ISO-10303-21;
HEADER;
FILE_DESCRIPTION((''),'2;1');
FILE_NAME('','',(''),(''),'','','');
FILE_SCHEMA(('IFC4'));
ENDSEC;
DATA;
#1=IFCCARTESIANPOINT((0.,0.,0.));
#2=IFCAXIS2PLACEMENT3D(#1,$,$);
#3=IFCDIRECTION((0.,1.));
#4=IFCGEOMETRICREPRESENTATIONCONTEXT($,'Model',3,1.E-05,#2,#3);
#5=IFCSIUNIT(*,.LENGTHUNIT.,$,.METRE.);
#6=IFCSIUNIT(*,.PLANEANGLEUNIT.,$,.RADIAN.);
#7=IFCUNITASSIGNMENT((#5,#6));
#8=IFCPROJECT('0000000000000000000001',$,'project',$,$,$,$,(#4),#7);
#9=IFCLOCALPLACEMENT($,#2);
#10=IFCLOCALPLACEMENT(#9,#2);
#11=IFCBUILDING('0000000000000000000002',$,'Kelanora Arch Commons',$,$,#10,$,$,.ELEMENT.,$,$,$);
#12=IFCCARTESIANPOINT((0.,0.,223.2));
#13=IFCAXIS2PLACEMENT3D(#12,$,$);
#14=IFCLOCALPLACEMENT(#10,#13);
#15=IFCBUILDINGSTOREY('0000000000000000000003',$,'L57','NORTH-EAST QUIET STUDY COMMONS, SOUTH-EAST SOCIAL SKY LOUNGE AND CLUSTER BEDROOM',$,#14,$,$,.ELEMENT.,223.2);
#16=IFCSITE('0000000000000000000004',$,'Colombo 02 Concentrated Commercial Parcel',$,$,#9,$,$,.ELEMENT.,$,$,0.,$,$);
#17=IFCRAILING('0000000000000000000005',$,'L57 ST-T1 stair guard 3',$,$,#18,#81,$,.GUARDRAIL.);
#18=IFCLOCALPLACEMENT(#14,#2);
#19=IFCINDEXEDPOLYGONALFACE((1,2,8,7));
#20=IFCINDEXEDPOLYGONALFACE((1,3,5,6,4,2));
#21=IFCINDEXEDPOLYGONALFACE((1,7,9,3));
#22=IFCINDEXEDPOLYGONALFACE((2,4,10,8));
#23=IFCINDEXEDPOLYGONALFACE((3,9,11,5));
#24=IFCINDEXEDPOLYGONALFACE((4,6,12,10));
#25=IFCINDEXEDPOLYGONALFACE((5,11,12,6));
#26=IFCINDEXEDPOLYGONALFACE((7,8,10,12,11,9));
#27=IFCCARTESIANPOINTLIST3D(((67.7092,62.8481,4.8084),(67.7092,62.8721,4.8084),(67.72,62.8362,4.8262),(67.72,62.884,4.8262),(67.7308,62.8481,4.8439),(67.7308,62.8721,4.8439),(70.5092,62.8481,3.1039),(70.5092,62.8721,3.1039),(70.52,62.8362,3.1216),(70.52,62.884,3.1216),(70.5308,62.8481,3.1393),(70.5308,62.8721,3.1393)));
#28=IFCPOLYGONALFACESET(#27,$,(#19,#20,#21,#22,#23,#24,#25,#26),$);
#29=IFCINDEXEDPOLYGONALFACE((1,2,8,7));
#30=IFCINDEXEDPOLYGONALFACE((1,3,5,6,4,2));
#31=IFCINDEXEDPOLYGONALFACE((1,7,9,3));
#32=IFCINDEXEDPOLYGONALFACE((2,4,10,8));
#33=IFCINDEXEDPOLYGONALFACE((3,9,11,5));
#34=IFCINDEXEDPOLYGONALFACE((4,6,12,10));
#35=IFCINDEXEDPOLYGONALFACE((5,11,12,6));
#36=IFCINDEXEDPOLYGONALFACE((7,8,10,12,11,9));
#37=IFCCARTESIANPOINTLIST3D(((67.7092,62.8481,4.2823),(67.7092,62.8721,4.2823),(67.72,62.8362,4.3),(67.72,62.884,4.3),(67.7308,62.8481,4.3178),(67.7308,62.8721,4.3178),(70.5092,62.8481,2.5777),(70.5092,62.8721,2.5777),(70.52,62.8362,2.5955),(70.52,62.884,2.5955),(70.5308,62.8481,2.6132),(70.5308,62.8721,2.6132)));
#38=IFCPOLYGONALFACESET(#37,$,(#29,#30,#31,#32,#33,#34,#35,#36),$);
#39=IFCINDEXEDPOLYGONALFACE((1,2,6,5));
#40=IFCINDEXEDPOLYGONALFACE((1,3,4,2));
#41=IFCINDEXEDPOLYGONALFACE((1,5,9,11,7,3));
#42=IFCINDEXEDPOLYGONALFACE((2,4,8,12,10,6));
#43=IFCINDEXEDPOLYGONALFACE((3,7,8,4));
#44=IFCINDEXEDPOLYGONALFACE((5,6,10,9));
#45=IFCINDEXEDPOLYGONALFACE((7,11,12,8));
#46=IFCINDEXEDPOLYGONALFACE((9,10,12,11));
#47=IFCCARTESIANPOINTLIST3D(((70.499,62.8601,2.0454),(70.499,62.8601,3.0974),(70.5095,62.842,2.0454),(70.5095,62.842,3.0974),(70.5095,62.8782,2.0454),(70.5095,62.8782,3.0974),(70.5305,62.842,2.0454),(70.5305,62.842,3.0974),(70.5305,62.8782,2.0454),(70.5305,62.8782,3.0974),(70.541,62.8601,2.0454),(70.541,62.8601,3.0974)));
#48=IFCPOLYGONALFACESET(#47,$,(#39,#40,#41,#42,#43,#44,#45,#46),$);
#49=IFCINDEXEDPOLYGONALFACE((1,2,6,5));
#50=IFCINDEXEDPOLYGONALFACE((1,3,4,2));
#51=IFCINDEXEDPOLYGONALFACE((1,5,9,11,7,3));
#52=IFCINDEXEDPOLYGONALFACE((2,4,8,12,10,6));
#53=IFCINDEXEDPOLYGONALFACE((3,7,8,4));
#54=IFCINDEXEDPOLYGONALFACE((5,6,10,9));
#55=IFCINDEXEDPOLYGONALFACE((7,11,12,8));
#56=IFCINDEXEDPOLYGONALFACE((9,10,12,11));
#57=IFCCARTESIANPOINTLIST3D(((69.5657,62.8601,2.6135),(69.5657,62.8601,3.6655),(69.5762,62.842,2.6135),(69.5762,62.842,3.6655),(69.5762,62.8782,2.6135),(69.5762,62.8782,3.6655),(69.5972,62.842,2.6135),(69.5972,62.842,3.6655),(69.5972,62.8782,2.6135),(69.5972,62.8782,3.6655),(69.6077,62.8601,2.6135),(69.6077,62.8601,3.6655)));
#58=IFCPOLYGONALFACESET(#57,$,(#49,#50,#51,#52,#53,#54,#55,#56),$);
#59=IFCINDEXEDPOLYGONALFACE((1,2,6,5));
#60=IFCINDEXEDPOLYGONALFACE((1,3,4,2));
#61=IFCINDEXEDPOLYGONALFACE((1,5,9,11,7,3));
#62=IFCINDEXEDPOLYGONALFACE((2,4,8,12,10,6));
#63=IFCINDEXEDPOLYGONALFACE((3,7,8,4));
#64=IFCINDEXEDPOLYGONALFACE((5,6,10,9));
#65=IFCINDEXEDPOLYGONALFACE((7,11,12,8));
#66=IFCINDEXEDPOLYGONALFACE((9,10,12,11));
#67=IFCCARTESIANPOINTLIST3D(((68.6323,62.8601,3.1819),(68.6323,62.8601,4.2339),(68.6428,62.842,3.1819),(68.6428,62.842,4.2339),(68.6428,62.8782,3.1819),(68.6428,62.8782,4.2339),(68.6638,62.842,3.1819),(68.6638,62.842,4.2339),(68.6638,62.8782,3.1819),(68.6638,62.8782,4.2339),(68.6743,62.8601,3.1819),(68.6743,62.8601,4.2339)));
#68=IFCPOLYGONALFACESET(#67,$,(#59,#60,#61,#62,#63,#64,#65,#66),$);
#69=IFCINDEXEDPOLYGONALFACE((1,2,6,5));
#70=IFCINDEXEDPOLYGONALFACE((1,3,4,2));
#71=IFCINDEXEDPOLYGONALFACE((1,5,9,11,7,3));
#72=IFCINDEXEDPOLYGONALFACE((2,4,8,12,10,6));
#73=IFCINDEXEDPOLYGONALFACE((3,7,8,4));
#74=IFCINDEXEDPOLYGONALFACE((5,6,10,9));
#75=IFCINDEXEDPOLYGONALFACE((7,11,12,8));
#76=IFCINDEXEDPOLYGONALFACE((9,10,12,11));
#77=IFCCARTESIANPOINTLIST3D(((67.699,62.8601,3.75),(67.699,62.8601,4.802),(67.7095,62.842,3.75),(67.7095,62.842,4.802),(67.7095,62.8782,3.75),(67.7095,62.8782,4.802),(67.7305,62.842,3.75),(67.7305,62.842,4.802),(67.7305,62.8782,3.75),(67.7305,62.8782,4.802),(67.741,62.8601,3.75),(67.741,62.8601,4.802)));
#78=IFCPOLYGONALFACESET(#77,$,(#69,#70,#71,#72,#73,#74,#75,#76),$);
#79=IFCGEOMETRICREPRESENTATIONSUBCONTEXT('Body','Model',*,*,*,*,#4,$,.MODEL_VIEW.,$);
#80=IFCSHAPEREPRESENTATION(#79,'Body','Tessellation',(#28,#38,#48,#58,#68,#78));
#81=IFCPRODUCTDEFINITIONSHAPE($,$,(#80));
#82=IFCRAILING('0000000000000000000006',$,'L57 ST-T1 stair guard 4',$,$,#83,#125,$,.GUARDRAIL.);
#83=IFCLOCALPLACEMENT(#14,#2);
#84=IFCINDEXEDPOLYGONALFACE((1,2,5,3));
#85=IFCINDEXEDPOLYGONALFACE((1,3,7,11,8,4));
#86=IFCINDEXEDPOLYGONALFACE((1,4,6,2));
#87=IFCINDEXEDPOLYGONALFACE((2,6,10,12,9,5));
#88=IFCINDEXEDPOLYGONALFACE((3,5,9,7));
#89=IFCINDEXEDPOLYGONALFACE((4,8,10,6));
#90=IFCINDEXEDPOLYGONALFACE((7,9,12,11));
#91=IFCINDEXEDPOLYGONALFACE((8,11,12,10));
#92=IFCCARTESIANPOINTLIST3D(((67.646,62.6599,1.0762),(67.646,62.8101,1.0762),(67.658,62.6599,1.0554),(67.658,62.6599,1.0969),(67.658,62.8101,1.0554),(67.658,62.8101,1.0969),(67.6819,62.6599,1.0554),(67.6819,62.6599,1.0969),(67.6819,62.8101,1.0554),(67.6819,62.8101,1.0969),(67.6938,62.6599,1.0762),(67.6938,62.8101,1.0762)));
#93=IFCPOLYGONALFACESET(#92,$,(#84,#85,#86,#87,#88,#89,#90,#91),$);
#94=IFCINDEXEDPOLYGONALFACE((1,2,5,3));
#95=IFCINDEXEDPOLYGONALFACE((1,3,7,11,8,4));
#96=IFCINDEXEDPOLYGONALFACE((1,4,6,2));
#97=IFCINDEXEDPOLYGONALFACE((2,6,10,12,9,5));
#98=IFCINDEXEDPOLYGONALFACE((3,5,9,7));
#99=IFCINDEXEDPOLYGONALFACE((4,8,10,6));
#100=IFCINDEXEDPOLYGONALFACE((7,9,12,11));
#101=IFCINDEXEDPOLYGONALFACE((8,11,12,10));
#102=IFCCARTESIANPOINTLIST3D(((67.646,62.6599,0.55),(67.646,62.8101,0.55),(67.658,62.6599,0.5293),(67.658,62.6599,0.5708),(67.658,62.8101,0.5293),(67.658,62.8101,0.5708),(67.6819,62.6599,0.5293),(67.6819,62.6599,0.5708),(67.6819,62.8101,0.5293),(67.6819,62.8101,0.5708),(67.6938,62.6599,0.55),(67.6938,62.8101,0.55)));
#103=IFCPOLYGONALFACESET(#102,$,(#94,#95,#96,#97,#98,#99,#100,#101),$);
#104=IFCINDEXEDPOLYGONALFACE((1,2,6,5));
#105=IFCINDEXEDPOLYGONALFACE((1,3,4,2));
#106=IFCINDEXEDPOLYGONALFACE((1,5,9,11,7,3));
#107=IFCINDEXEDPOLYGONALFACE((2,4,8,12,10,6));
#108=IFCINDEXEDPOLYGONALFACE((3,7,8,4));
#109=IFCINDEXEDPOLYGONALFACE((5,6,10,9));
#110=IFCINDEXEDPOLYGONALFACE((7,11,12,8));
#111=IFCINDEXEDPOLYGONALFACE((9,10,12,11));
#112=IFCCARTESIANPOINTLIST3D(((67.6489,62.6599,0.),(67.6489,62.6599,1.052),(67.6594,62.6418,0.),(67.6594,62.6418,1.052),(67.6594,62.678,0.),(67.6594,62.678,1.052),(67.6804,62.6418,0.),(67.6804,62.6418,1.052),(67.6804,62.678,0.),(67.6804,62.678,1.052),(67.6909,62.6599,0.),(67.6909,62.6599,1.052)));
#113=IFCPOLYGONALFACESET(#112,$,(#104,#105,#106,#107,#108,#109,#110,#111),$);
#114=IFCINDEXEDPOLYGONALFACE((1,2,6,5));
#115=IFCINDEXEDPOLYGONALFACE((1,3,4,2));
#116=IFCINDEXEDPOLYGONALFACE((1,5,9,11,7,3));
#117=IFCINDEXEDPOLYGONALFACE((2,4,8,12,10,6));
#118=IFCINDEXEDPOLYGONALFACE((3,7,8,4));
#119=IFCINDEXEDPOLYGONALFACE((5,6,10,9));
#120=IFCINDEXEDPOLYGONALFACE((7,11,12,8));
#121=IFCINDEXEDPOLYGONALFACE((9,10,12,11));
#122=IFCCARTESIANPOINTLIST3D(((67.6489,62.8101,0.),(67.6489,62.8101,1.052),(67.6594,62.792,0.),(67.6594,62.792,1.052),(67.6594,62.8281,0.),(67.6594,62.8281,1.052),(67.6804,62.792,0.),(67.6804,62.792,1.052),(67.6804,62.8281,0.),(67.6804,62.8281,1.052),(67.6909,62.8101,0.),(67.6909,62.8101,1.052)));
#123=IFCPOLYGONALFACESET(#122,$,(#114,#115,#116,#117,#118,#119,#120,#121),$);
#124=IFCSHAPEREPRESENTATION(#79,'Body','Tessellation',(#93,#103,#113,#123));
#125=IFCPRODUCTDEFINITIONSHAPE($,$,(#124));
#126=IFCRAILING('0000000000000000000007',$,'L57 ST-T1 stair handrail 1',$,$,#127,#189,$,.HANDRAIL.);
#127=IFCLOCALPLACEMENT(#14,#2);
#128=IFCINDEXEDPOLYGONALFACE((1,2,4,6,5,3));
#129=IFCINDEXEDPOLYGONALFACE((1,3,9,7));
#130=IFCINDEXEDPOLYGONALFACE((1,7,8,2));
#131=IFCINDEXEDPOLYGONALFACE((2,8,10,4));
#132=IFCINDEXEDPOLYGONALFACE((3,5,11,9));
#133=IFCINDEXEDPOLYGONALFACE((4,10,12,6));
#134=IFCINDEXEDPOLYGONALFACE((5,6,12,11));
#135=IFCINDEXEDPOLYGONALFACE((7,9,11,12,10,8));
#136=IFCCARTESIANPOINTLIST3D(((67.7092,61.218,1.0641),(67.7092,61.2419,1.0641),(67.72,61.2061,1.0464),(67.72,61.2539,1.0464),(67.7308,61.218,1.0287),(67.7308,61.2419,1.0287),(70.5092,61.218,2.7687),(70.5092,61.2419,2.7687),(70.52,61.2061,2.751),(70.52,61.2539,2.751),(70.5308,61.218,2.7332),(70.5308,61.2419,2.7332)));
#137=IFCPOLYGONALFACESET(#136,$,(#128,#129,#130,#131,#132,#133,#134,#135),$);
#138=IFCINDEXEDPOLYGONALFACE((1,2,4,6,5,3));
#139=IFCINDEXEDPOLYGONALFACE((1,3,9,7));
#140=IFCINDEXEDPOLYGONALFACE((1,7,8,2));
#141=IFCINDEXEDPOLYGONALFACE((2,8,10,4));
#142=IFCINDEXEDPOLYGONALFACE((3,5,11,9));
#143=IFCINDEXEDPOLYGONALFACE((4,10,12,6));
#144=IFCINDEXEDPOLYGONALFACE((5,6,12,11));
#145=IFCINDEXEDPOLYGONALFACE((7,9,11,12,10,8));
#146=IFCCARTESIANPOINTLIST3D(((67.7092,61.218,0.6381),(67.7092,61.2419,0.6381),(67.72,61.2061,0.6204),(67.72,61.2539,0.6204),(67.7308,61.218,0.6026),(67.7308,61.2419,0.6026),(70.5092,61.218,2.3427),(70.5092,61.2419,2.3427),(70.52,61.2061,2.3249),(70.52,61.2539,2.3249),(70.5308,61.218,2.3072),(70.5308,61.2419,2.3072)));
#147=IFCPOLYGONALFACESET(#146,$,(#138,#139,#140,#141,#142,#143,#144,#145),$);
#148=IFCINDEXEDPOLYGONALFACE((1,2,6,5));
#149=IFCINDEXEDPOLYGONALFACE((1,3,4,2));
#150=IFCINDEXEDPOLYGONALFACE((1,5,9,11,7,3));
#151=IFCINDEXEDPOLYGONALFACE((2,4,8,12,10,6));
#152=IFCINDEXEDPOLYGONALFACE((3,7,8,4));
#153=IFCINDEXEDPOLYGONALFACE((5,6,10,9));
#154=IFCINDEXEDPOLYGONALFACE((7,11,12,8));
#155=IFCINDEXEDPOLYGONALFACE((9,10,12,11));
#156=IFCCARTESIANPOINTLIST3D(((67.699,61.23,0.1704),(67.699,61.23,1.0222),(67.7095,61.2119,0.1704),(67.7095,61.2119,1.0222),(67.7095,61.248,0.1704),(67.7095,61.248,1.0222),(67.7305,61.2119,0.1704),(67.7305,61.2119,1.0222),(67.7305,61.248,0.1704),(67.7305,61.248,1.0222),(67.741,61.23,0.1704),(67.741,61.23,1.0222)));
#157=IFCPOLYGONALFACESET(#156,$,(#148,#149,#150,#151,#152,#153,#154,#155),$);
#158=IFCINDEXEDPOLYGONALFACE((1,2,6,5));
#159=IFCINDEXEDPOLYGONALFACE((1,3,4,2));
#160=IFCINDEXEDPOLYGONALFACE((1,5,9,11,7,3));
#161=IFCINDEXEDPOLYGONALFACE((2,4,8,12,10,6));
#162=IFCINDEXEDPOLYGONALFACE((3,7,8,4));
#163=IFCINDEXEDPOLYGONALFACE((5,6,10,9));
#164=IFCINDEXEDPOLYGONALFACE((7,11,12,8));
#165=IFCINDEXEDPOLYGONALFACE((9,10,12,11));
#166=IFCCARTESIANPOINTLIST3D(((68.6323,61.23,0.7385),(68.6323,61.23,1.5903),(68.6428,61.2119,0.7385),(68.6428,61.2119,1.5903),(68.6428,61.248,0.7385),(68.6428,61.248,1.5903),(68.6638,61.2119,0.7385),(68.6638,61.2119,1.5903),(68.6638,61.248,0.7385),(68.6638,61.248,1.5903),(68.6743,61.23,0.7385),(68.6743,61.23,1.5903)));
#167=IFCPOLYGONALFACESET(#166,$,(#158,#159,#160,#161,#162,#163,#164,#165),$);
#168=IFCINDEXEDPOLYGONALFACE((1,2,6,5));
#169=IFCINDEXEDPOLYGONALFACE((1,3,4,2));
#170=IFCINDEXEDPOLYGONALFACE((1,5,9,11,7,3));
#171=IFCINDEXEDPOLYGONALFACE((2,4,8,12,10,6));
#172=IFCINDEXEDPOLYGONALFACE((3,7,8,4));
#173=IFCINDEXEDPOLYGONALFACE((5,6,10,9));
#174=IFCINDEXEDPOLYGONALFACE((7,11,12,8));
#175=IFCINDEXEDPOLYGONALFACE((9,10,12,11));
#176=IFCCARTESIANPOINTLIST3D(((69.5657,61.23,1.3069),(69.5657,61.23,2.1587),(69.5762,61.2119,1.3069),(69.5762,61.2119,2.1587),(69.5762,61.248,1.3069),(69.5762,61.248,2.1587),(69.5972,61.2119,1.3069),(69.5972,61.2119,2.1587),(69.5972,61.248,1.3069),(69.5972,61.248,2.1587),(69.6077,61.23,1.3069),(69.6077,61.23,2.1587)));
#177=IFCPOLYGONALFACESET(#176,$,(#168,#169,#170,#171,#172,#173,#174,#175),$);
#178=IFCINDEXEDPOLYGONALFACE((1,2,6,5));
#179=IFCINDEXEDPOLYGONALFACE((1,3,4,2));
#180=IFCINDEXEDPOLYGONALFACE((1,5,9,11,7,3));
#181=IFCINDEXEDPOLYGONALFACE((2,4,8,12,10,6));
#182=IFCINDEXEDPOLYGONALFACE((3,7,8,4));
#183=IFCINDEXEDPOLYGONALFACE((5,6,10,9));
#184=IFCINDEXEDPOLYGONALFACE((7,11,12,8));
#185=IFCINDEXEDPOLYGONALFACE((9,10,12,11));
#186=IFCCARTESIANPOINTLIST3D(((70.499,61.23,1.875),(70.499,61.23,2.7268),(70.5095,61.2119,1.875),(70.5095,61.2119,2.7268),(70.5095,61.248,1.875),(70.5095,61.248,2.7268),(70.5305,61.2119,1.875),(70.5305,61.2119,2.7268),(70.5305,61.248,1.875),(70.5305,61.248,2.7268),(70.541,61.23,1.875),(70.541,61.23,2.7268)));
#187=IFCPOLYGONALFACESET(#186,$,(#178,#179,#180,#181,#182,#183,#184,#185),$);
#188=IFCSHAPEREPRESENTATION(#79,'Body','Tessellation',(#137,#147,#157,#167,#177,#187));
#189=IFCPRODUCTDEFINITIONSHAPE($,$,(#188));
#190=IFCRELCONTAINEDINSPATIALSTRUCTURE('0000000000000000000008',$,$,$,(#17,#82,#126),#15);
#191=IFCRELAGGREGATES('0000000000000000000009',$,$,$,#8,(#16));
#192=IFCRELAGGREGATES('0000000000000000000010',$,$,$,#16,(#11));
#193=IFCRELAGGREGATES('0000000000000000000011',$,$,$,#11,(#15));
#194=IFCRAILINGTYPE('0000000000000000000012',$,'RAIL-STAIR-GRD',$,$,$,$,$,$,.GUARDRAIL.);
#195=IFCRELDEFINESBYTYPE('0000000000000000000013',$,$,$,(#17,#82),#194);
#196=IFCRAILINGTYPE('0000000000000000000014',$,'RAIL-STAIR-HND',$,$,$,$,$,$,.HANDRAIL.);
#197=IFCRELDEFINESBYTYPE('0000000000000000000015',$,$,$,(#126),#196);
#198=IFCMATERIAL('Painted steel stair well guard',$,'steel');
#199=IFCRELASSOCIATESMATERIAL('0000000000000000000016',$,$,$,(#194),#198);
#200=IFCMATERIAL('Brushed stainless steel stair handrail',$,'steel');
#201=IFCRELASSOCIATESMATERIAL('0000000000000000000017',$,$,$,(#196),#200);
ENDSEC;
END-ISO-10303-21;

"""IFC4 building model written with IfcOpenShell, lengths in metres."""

from ifc_helpers import new_model, si_unit, direction, frame, origin, place, context, subcontext, project, spatial, polyline, outline, extrude, material, type_object, element, save


model = new_model("IFC4")

# Units and contexts
model_context = context("Model", 3, precision=1e-05, world=origin(), true_north=direction((0.0, 1.0)))
body_context = subcontext(model_context, "Body", "Model", "MODEL_VIEW")
ifc_project = project(units=[si_unit("LENGTHUNIT", "METRE"), si_unit("PLANEANGLEUNIT", "RADIAN")], contexts=[model_context])

# Site, building, storey
site_placement = place(None, origin())
site = spatial("IfcSite", under=ifc_project, at=site_placement, Name="Colombo 02 Concentrated Commercial Parcel", CompositionType="ELEMENT", RefElevation=0.0)
building_placement = place(site_placement, origin())
building = spatial("IfcBuilding", under=site, at=building_placement, Name="Kelanora Arch Commons", CompositionType="ELEMENT")
storey_placement = place(building_placement, frame((0.0, 0.0, 223.2)))
storey = spatial("IfcBuildingStorey", under=building, at=storey_placement, Name="L57", Description="NORTH-EAST QUIET STUDY COMMONS, SOUTH-EAST SOCIAL SKY LOUNGE AND CLUSTER BEDROOM", CompositionType="ELEMENT", Elevation=223.2)

# Railings
ifc_material_1 = material(Name="Painted steel stair well guard", Category="steel")
railing_type_1 = type_object("IfcRailingType", Name="RAIL-STAIR-GRD", PredefinedType="GUARDRAIL", material=ifc_material_1)
railing_1_placement = place(storey_placement, frame((70.52, 62.8601, 2.0454)))
element("IfcRailing", 1, at=railing_1_placement, inside=storey, type_object=railing_type_1, Name="L57 ST-T1 stair guard 3", PredefinedType="GUARDRAIL", context=body_context, shape_type="SweptSolid", body=[
    extrude(outline(polyline([(0.0239, 0.0), (0.012, 0.0208), (-0.012, 0.0208), (-0.0239, 0.0), (-0.012, -0.0208), (0.012, -0.0208), (0.0239, 0.0)])), frame((0.0, 0.0, 1.0762), z_axis=(-0.85417, 0.0, 0.519994), x_axis=(0.0, -1.0, 0.0)), (0.0, 0.0, 1.0), 3.2781),
    extrude(outline(polyline([(0.0239, 0.0), (0.012, 0.0208), (-0.012, 0.0208), (-0.0239, 0.0), (-0.012, -0.0208), (0.012, -0.0208), (0.0239, 0.0)])), frame((0.0, 0.0, 0.55), z_axis=(-0.85417, 0.0, 0.519994), x_axis=(0.0, -1.0, 0.0)), (0.0, 0.0, 1.0), 3.2781),
    extrude(outline(polyline([(0.021, 0.0), (0.0105, 0.0181), (-0.0105, 0.0181), (-0.021, 0.0), (-0.0105, -0.0181), (0.0105, -0.0181), (0.021, 0.0)])), origin(), (0.0, 0.0, 1.0), 1.052),
    extrude(outline(polyline([(0.021, 0.0), (0.0105, 0.0181), (-0.0105, 0.0181), (-0.021, 0.0), (-0.0105, -0.0181), (0.0105, -0.0181), (0.021, 0.0)])), frame((-0.9333, 0.0, 0.5681)), (0.0, 0.0, 1.0), 1.052),
    extrude(outline(polyline([(0.021, 0.0), (0.0105, 0.0181), (-0.0105, 0.0181), (-0.021, 0.0), (-0.0105, -0.0181), (0.0105, -0.0181), (0.021, 0.0)])), frame((-1.8667, 0.0, 1.1365)), (0.0, 0.0, 1.0), 1.052),
    extrude(outline(polyline([(0.021, 0.0), (0.0105, 0.0181), (-0.0105, 0.0181), (-0.021, 0.0), (-0.0105, -0.0181), (0.0105, -0.0181), (0.021, 0.0)])), frame((-2.8, 0.0, 1.7046)), (0.0, 0.0, 1.0), 1.052),
])
railing_2_placement = place(storey_placement, frame((67.6699, 62.6599, 0.0)))
element("IfcRailing", 2, at=railing_2_placement, inside=storey, type_object=railing_type_1, Name="L57 ST-T1 stair guard 4", PredefinedType="GUARDRAIL", context=body_context, shape_type="SweptSolid", body=[
    extrude(outline(polyline([(0.0239, 0.0), (0.012, 0.0208), (-0.012, 0.0208), (-0.0239, 0.0), (-0.012, -0.0208), (0.012, -0.0208), (0.0239, 0.0)])), frame((0.0, 0.0, 1.0762), z_axis=(0.0, 1.0, 0.0), x_axis=(-1.0, 0.0, 0.0)), (0.0, 0.0, 1.0), 0.1501),
    extrude(outline(polyline([(0.0239, 0.0), (0.012, 0.0208), (-0.012, 0.0208), (-0.0239, 0.0), (-0.012, -0.0208), (0.012, -0.0208), (0.0239, 0.0)])), frame((0.0, 0.0, 0.55), z_axis=(0.0, 1.0, 0.0), x_axis=(-1.0, 0.0, 0.0)), (0.0, 0.0, 1.0), 0.1501),
    extrude(outline(polyline([(0.021, 0.0), (0.0105, 0.0181), (-0.0105, 0.0181), (-0.021, 0.0), (-0.0105, -0.0181), (0.0105, -0.0181), (0.021, 0.0)])), origin(), (0.0, 0.0, 1.0), 1.052),
    extrude(outline(polyline([(0.021, 0.0), (0.0105, 0.0181), (-0.0105, 0.0181), (-0.021, 0.0), (-0.0105, -0.0181), (0.0105, -0.0181), (0.021, 0.0)])), frame((0.0, 0.1501, 0.0)), (0.0, 0.0, 1.0), 1.052),
])
ifc_material_2 = material(Name="Brushed stainless steel stair handrail", Category="steel")
railing_type_2 = type_object("IfcRailingType", Name="RAIL-STAIR-HND", PredefinedType="HANDRAIL", material=ifc_material_2)
railing_3_placement = place(storey_placement, frame((67.72, 61.23, 0.1704)))
element("IfcRailing", 3, at=railing_3_placement, inside=storey, type_object=railing_type_2, Name="L57 ST-T1 stair handrail 1", PredefinedType="HANDRAIL", context=body_context, shape_type="SweptSolid", body=[
    extrude(outline(polyline([(0.0239, 0.0), (0.012, 0.0208), (-0.012, 0.0208), (-0.0239, 0.0), (-0.012, -0.0208), (0.012, -0.0208), (0.0239, 0.0)])), frame((0.0, 0.0, 0.876), z_axis=(0.85417, 0.0, 0.519994), x_axis=(0.0, 1.0, 0.0)), (0.0, 0.0, 1.0), 3.2781),
    extrude(outline(polyline([(0.0239, 0.0), (0.012, 0.0208), (-0.012, 0.0208), (-0.0239, 0.0), (-0.012, -0.0208), (0.012, -0.0208), (0.0239, 0.0)])), frame((0.0, 0.0, 0.45), z_axis=(0.85417, 0.0, 0.519994), x_axis=(0.0, 1.0, 0.0)), (0.0, 0.0, 1.0), 3.2781),
    extrude(outline(polyline([(0.021, 0.0), (0.0105, 0.0181), (-0.0105, 0.0181), (-0.021, 0.0), (-0.0105, -0.0181), (0.0105, -0.0181), (0.021, 0.0)])), origin(), (0.0, 0.0, 1.0), 0.8518),
    extrude(outline(polyline([(0.021, 0.0), (0.0105, 0.0181), (-0.0105, 0.0181), (-0.021, 0.0), (-0.0105, -0.0181), (0.0105, -0.0181), (0.021, 0.0)])), frame((0.9333, 0.0, 0.5681)), (0.0, 0.0, 1.0), 0.8518),
    extrude(outline(polyline([(0.021, 0.0), (0.0105, 0.0181), (-0.0105, 0.0181), (-0.021, 0.0), (-0.0105, -0.0181), (0.0105, -0.0181), (0.021, 0.0)])), frame((1.8667, 0.0, 1.1365)), (0.0, 0.0, 1.0), 0.8518),
    extrude(outline(polyline([(0.021, 0.0), (0.0105, 0.0181), (-0.0105, 0.0181), (-0.021, 0.0), (-0.0105, -0.0181), (0.0105, -0.0181), (0.021, 0.0)])), frame((2.8, 0.0, 1.7046)), (0.0, 0.0, 1.0), 0.8518),
])

save(model, "model.ifc")
